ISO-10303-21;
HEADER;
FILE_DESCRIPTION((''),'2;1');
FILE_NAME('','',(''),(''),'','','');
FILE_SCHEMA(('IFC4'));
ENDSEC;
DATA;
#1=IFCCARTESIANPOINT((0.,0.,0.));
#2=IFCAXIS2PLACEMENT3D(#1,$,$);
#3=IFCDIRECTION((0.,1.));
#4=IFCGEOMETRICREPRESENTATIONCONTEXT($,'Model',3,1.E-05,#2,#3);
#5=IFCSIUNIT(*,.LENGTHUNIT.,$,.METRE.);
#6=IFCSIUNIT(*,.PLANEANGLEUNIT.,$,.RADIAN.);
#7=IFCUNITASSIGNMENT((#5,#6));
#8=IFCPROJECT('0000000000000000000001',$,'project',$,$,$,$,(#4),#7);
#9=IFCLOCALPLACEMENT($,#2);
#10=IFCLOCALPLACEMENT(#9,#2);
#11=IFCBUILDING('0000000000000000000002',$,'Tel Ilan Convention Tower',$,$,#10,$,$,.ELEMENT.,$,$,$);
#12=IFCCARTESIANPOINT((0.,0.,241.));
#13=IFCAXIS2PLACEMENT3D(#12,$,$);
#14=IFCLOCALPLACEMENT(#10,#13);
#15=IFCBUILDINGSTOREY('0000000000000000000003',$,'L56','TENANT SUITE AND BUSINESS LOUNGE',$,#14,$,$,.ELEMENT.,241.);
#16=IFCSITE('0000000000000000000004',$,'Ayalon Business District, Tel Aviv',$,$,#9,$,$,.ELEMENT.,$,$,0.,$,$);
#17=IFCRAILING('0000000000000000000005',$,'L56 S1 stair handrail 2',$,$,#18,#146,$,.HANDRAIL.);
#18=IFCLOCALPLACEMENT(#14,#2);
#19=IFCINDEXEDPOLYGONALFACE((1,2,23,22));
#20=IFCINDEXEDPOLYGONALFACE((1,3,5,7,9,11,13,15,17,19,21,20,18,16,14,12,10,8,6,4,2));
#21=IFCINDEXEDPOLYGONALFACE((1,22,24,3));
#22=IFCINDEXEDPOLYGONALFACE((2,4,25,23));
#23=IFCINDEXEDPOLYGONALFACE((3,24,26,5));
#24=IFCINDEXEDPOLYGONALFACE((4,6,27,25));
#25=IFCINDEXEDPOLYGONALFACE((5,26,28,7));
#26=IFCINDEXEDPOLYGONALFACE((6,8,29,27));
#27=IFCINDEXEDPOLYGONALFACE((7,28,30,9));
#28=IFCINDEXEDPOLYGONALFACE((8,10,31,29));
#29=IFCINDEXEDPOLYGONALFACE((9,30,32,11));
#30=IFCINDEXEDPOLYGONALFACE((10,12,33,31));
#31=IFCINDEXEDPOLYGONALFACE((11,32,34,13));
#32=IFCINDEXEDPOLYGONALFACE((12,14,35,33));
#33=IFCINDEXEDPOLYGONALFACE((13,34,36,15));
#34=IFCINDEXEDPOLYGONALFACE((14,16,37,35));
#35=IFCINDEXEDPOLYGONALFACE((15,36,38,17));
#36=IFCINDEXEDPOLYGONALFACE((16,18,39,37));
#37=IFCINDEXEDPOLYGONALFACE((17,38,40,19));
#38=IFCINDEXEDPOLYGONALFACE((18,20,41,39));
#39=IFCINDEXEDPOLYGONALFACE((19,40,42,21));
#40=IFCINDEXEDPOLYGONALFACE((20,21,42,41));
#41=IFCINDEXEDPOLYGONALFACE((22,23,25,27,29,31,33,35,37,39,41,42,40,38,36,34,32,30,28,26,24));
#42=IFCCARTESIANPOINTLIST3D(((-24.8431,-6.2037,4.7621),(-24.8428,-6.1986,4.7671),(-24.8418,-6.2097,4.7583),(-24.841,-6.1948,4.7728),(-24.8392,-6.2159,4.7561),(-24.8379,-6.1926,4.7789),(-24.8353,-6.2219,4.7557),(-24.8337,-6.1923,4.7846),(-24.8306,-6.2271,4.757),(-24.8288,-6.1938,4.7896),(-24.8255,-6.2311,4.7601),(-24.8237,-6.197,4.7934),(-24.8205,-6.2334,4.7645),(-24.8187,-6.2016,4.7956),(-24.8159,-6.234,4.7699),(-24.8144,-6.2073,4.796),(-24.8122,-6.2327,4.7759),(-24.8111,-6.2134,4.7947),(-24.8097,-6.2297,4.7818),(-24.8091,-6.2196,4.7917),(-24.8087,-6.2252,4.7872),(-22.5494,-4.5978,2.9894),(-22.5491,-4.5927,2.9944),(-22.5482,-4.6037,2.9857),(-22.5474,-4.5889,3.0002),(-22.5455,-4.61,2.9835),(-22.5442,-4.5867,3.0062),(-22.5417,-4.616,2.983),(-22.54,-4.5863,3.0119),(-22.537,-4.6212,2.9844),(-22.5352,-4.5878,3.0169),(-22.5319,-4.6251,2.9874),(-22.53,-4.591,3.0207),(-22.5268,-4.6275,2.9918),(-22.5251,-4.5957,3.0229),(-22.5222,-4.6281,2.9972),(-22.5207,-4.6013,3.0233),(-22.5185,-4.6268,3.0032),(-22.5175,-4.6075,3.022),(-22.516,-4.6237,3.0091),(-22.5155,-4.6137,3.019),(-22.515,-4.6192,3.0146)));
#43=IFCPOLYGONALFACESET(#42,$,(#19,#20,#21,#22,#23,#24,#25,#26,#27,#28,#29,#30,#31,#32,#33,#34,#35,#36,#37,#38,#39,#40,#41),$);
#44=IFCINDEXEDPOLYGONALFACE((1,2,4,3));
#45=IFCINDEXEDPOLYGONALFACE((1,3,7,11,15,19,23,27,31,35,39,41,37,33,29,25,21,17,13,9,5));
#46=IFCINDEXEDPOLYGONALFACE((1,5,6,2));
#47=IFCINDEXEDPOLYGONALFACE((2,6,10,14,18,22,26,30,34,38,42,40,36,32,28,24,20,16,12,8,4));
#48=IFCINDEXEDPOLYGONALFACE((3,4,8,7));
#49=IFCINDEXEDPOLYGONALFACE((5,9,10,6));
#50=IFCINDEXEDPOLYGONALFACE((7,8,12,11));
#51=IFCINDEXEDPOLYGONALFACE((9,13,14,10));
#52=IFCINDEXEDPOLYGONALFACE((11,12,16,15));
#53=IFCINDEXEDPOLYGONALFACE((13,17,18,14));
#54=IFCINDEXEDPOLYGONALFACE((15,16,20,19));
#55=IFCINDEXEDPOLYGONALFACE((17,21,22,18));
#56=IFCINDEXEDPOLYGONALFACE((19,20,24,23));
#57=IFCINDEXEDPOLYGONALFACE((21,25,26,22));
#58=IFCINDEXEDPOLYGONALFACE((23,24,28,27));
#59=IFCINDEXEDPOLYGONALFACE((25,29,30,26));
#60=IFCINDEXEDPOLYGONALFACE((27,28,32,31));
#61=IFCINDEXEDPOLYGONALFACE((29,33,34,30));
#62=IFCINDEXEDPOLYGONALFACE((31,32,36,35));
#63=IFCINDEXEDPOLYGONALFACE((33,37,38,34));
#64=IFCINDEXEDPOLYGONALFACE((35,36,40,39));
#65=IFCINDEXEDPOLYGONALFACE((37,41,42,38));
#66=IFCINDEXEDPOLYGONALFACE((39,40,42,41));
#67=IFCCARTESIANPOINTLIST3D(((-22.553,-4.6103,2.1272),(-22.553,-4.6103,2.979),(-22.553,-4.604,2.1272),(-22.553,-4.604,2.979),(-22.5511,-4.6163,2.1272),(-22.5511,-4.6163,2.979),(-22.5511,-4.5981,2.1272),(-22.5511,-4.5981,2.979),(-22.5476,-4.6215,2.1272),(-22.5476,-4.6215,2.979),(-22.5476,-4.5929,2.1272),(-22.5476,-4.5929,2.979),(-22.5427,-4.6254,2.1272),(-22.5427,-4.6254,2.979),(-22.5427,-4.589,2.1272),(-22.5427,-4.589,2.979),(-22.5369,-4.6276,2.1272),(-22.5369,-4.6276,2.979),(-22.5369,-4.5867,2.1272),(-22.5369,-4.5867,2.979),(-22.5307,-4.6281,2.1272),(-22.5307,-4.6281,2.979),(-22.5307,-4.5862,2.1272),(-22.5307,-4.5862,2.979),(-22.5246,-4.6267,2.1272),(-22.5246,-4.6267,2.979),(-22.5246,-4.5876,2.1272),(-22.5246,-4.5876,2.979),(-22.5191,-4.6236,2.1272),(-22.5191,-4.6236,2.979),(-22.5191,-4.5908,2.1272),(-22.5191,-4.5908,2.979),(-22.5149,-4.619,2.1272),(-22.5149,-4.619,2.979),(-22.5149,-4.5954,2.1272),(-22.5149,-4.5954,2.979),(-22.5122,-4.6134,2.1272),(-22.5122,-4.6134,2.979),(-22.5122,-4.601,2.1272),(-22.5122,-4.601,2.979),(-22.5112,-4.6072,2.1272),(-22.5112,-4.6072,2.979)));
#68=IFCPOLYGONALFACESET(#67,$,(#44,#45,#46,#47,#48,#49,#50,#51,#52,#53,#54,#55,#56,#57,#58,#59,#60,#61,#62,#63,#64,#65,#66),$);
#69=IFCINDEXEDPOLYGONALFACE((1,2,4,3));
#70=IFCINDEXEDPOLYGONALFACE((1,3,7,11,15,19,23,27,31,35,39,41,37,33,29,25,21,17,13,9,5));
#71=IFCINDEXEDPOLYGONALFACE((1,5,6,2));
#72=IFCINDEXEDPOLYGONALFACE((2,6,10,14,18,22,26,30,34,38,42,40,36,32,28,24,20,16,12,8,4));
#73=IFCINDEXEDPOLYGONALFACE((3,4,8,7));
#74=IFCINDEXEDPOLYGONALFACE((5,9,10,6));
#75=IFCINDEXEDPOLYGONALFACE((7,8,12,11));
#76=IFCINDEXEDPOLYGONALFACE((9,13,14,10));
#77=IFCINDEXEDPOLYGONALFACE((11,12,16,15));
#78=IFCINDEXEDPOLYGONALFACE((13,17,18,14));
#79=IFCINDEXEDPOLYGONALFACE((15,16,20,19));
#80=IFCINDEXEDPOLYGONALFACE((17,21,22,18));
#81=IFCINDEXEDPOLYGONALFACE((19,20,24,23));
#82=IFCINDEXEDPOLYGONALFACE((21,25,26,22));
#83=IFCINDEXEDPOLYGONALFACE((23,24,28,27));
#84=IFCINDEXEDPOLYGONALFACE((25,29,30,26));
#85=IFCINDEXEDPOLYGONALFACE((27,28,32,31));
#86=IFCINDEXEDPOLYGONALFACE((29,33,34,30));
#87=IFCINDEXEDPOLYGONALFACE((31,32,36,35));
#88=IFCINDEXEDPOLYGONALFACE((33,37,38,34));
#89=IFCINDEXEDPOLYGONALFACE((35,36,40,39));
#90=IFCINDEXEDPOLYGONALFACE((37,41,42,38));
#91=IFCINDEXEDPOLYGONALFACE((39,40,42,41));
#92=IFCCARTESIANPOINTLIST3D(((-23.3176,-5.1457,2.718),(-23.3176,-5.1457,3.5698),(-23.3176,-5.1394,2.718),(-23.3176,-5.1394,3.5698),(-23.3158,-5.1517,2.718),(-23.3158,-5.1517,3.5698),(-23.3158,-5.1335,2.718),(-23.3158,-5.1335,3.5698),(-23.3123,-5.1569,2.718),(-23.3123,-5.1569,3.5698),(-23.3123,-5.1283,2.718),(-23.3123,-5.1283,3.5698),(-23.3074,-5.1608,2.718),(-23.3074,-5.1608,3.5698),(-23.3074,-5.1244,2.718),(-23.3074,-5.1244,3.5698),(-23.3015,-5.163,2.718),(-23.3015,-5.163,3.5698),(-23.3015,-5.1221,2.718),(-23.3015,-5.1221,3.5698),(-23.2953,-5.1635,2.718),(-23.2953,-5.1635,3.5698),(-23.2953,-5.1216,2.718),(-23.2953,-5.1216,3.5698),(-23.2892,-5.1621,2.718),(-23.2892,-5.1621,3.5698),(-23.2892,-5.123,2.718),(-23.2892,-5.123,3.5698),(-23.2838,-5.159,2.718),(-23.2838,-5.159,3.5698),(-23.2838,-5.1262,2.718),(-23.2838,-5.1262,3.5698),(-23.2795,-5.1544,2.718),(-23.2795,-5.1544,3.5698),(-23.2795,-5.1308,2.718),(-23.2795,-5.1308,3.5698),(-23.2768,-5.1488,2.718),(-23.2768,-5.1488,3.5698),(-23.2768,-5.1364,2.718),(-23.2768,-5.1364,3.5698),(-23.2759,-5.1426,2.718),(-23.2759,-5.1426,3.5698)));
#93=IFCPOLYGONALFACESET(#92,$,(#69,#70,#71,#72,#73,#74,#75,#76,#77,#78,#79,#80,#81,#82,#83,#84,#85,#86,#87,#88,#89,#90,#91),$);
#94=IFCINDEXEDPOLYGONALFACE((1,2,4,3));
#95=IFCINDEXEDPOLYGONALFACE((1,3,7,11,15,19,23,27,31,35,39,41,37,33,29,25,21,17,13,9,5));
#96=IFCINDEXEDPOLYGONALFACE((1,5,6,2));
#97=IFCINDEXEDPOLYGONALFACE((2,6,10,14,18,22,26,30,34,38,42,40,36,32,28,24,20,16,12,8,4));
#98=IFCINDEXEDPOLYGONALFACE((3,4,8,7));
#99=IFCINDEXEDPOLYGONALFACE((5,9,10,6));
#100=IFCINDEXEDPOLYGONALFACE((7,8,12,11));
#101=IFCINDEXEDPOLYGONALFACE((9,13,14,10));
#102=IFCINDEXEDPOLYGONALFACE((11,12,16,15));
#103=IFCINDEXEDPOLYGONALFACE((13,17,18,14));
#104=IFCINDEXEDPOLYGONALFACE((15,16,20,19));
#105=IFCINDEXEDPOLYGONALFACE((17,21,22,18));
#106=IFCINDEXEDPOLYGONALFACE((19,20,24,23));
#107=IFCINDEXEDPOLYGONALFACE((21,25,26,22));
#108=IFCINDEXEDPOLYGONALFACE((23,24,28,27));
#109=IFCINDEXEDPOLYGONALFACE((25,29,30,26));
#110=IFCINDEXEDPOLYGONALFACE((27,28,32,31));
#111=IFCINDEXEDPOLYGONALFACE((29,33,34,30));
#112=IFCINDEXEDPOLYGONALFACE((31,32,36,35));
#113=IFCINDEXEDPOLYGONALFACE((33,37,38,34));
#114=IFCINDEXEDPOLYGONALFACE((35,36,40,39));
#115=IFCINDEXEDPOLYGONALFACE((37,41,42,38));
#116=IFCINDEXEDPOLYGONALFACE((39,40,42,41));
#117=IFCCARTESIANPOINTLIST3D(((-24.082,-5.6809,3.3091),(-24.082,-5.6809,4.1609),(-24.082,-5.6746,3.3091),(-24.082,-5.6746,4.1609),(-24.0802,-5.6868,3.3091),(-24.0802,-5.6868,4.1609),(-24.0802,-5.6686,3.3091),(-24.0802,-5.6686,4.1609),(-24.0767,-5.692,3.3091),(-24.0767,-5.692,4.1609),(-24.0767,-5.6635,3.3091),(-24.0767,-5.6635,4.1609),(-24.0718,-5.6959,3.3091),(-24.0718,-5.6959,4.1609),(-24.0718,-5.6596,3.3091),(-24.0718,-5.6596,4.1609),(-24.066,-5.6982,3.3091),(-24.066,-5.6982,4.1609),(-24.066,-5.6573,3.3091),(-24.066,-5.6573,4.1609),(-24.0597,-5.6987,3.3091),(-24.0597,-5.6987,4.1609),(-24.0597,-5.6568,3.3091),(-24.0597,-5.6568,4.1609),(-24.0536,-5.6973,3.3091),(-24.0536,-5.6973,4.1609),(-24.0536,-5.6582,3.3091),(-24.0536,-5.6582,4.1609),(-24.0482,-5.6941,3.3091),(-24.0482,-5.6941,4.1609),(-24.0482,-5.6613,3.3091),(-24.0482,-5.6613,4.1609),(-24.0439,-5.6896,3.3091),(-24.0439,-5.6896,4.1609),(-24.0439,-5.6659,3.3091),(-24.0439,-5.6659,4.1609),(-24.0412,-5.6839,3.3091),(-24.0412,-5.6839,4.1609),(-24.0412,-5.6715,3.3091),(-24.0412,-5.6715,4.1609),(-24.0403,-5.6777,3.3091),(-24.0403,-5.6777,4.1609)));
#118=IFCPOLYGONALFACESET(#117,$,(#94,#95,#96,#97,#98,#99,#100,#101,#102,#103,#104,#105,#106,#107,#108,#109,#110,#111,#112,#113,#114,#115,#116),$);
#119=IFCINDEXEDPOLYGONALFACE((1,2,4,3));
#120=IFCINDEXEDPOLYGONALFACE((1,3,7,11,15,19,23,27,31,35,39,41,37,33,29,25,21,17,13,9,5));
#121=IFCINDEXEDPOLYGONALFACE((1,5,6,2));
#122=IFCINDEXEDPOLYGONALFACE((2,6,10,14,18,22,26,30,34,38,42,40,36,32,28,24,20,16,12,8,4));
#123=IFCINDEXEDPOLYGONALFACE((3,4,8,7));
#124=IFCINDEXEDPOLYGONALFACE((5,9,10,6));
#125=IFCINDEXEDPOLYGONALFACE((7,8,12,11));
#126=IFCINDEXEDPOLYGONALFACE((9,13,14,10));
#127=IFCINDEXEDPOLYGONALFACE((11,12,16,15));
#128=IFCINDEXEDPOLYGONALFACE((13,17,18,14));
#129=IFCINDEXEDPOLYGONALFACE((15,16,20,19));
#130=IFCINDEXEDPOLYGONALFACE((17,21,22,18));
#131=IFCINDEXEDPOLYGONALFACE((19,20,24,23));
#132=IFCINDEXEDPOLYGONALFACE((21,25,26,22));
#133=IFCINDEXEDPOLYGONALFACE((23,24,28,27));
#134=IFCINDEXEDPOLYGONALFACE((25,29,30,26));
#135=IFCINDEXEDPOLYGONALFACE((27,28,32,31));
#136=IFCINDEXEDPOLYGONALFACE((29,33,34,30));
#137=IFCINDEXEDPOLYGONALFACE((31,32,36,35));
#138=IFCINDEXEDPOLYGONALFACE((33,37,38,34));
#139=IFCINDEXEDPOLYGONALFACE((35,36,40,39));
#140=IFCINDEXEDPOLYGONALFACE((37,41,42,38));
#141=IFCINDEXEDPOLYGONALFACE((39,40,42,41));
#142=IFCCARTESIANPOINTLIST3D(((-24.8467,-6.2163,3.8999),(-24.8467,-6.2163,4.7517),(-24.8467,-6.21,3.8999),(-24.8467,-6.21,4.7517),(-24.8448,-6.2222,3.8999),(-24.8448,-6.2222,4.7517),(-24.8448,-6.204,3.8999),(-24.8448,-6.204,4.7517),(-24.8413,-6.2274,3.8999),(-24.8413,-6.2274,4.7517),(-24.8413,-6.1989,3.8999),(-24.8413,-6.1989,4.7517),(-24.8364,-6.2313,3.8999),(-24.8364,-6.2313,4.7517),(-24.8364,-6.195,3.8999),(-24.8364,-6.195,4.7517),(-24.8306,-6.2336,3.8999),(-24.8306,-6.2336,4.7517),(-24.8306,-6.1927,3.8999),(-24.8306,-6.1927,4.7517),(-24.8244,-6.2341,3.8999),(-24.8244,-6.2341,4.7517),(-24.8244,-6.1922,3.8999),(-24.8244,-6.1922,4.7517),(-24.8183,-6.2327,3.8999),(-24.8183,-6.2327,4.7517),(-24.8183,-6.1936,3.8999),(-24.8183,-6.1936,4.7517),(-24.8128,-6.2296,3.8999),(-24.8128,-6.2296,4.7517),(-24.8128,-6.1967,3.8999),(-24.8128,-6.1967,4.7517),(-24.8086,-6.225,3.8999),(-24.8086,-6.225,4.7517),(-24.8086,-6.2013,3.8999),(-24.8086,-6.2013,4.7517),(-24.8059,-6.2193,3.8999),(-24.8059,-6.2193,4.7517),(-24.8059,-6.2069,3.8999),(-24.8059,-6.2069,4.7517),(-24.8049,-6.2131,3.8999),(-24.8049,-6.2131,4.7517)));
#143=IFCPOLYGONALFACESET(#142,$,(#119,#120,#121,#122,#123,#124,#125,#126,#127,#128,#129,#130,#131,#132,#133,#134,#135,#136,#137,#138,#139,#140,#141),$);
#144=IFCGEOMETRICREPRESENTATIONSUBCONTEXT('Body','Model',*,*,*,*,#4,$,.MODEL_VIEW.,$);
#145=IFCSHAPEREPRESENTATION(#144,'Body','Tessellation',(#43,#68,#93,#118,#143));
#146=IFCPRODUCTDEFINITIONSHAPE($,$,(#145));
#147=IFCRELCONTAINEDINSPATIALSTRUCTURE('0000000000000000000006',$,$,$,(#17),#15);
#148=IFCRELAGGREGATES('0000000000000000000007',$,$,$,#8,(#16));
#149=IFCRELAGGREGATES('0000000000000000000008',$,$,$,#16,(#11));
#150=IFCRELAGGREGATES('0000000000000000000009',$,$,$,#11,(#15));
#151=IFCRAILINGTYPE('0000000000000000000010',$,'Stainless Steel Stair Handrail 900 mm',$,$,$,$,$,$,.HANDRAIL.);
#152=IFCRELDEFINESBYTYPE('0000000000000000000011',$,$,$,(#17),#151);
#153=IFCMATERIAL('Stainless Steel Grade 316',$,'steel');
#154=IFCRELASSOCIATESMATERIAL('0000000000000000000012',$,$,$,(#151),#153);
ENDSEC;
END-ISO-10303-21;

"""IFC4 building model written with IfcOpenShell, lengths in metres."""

from ifc_helpers import new_model, si_unit, direction, frame, origin, origin_2d, place, context, subcontext, project, spatial, circle, extrude, material, type_object, element, save


model = new_model("IFC4")

# Units and contexts
model_context = context("Model", 3, precision=1e-05, world=origin(), true_north=direction((0.0, 1.0)))
body_context = subcontext(model_context, "Body", "Model", "MODEL_VIEW")
ifc_project = project(units=[si_unit("LENGTHUNIT", "METRE"), si_unit("PLANEANGLEUNIT", "RADIAN")], contexts=[model_context])

# Site, building, storey
site_placement = place(None, origin())
site = spatial("IfcSite", under=ifc_project, at=site_placement, Name="Ayalon Business District, Tel Aviv", CompositionType="ELEMENT", RefElevation=0.0)
building_placement = place(site_placement, origin())
building = spatial("IfcBuilding", under=site, at=building_placement, Name="Tel Ilan Convention Tower", CompositionType="ELEMENT")
storey_placement = place(building_placement, frame((0.0, 0.0, 241.0)))
storey = spatial("IfcBuildingStorey", under=building, at=storey_placement, Name="L56", Description="TENANT SUITE AND BUSINESS LOUNGE", CompositionType="ELEMENT", Elevation=241.0)

# Railing
ifc_material_1 = material(Name="Stainless Steel Grade 316", Category="steel")
railing_type_1 = type_object("IfcRailingType", Name="Stainless Steel Stair Handrail 900 mm", PredefinedType="HANDRAIL", material=ifc_material_1)
for number, where, name in (
    (1, (-22.5322, -4.6072, 2.1272), "L56 S1 stair handrail 2"),
):
    element("IfcRailing", number, at=place(storey_placement, frame(where)), inside=storey, type_object=railing_type_1, Name=name, PredefinedType="HANDRAIL", context=body_context, shape_type="SweptSolid", body=[
        extrude(circle(Radius=0.0239, at=origin_2d()), frame((0.0, 0.0, 0.876), z_axis=(-0.692123, -0.484597, 0.534913), x_axis=(0.57355, -0.81917, 0.0)), (0.0, 0.0, 1.0), 3.314),
        extrude(circle(Radius=0.021, at=origin_2d()), origin(), (0.0, 0.0, 1.0), 0.8518),
        extrude(circle(Radius=0.021, at=origin_2d()), frame((-0.7646, -0.5354, 0.5908)), (0.0, 0.0, 1.0), 0.8518),
        extrude(circle(Radius=0.021, at=origin_2d()), frame((-1.5291, -1.0706, 1.1819)), (0.0, 0.0, 1.0), 0.8518),
        extrude(circle(Radius=0.021, at=origin_2d()), frame((-2.2937, -1.606, 1.7727)), (0.0, 0.0, 1.0), 0.8518),
    ])

save(model, "model.ifc")
